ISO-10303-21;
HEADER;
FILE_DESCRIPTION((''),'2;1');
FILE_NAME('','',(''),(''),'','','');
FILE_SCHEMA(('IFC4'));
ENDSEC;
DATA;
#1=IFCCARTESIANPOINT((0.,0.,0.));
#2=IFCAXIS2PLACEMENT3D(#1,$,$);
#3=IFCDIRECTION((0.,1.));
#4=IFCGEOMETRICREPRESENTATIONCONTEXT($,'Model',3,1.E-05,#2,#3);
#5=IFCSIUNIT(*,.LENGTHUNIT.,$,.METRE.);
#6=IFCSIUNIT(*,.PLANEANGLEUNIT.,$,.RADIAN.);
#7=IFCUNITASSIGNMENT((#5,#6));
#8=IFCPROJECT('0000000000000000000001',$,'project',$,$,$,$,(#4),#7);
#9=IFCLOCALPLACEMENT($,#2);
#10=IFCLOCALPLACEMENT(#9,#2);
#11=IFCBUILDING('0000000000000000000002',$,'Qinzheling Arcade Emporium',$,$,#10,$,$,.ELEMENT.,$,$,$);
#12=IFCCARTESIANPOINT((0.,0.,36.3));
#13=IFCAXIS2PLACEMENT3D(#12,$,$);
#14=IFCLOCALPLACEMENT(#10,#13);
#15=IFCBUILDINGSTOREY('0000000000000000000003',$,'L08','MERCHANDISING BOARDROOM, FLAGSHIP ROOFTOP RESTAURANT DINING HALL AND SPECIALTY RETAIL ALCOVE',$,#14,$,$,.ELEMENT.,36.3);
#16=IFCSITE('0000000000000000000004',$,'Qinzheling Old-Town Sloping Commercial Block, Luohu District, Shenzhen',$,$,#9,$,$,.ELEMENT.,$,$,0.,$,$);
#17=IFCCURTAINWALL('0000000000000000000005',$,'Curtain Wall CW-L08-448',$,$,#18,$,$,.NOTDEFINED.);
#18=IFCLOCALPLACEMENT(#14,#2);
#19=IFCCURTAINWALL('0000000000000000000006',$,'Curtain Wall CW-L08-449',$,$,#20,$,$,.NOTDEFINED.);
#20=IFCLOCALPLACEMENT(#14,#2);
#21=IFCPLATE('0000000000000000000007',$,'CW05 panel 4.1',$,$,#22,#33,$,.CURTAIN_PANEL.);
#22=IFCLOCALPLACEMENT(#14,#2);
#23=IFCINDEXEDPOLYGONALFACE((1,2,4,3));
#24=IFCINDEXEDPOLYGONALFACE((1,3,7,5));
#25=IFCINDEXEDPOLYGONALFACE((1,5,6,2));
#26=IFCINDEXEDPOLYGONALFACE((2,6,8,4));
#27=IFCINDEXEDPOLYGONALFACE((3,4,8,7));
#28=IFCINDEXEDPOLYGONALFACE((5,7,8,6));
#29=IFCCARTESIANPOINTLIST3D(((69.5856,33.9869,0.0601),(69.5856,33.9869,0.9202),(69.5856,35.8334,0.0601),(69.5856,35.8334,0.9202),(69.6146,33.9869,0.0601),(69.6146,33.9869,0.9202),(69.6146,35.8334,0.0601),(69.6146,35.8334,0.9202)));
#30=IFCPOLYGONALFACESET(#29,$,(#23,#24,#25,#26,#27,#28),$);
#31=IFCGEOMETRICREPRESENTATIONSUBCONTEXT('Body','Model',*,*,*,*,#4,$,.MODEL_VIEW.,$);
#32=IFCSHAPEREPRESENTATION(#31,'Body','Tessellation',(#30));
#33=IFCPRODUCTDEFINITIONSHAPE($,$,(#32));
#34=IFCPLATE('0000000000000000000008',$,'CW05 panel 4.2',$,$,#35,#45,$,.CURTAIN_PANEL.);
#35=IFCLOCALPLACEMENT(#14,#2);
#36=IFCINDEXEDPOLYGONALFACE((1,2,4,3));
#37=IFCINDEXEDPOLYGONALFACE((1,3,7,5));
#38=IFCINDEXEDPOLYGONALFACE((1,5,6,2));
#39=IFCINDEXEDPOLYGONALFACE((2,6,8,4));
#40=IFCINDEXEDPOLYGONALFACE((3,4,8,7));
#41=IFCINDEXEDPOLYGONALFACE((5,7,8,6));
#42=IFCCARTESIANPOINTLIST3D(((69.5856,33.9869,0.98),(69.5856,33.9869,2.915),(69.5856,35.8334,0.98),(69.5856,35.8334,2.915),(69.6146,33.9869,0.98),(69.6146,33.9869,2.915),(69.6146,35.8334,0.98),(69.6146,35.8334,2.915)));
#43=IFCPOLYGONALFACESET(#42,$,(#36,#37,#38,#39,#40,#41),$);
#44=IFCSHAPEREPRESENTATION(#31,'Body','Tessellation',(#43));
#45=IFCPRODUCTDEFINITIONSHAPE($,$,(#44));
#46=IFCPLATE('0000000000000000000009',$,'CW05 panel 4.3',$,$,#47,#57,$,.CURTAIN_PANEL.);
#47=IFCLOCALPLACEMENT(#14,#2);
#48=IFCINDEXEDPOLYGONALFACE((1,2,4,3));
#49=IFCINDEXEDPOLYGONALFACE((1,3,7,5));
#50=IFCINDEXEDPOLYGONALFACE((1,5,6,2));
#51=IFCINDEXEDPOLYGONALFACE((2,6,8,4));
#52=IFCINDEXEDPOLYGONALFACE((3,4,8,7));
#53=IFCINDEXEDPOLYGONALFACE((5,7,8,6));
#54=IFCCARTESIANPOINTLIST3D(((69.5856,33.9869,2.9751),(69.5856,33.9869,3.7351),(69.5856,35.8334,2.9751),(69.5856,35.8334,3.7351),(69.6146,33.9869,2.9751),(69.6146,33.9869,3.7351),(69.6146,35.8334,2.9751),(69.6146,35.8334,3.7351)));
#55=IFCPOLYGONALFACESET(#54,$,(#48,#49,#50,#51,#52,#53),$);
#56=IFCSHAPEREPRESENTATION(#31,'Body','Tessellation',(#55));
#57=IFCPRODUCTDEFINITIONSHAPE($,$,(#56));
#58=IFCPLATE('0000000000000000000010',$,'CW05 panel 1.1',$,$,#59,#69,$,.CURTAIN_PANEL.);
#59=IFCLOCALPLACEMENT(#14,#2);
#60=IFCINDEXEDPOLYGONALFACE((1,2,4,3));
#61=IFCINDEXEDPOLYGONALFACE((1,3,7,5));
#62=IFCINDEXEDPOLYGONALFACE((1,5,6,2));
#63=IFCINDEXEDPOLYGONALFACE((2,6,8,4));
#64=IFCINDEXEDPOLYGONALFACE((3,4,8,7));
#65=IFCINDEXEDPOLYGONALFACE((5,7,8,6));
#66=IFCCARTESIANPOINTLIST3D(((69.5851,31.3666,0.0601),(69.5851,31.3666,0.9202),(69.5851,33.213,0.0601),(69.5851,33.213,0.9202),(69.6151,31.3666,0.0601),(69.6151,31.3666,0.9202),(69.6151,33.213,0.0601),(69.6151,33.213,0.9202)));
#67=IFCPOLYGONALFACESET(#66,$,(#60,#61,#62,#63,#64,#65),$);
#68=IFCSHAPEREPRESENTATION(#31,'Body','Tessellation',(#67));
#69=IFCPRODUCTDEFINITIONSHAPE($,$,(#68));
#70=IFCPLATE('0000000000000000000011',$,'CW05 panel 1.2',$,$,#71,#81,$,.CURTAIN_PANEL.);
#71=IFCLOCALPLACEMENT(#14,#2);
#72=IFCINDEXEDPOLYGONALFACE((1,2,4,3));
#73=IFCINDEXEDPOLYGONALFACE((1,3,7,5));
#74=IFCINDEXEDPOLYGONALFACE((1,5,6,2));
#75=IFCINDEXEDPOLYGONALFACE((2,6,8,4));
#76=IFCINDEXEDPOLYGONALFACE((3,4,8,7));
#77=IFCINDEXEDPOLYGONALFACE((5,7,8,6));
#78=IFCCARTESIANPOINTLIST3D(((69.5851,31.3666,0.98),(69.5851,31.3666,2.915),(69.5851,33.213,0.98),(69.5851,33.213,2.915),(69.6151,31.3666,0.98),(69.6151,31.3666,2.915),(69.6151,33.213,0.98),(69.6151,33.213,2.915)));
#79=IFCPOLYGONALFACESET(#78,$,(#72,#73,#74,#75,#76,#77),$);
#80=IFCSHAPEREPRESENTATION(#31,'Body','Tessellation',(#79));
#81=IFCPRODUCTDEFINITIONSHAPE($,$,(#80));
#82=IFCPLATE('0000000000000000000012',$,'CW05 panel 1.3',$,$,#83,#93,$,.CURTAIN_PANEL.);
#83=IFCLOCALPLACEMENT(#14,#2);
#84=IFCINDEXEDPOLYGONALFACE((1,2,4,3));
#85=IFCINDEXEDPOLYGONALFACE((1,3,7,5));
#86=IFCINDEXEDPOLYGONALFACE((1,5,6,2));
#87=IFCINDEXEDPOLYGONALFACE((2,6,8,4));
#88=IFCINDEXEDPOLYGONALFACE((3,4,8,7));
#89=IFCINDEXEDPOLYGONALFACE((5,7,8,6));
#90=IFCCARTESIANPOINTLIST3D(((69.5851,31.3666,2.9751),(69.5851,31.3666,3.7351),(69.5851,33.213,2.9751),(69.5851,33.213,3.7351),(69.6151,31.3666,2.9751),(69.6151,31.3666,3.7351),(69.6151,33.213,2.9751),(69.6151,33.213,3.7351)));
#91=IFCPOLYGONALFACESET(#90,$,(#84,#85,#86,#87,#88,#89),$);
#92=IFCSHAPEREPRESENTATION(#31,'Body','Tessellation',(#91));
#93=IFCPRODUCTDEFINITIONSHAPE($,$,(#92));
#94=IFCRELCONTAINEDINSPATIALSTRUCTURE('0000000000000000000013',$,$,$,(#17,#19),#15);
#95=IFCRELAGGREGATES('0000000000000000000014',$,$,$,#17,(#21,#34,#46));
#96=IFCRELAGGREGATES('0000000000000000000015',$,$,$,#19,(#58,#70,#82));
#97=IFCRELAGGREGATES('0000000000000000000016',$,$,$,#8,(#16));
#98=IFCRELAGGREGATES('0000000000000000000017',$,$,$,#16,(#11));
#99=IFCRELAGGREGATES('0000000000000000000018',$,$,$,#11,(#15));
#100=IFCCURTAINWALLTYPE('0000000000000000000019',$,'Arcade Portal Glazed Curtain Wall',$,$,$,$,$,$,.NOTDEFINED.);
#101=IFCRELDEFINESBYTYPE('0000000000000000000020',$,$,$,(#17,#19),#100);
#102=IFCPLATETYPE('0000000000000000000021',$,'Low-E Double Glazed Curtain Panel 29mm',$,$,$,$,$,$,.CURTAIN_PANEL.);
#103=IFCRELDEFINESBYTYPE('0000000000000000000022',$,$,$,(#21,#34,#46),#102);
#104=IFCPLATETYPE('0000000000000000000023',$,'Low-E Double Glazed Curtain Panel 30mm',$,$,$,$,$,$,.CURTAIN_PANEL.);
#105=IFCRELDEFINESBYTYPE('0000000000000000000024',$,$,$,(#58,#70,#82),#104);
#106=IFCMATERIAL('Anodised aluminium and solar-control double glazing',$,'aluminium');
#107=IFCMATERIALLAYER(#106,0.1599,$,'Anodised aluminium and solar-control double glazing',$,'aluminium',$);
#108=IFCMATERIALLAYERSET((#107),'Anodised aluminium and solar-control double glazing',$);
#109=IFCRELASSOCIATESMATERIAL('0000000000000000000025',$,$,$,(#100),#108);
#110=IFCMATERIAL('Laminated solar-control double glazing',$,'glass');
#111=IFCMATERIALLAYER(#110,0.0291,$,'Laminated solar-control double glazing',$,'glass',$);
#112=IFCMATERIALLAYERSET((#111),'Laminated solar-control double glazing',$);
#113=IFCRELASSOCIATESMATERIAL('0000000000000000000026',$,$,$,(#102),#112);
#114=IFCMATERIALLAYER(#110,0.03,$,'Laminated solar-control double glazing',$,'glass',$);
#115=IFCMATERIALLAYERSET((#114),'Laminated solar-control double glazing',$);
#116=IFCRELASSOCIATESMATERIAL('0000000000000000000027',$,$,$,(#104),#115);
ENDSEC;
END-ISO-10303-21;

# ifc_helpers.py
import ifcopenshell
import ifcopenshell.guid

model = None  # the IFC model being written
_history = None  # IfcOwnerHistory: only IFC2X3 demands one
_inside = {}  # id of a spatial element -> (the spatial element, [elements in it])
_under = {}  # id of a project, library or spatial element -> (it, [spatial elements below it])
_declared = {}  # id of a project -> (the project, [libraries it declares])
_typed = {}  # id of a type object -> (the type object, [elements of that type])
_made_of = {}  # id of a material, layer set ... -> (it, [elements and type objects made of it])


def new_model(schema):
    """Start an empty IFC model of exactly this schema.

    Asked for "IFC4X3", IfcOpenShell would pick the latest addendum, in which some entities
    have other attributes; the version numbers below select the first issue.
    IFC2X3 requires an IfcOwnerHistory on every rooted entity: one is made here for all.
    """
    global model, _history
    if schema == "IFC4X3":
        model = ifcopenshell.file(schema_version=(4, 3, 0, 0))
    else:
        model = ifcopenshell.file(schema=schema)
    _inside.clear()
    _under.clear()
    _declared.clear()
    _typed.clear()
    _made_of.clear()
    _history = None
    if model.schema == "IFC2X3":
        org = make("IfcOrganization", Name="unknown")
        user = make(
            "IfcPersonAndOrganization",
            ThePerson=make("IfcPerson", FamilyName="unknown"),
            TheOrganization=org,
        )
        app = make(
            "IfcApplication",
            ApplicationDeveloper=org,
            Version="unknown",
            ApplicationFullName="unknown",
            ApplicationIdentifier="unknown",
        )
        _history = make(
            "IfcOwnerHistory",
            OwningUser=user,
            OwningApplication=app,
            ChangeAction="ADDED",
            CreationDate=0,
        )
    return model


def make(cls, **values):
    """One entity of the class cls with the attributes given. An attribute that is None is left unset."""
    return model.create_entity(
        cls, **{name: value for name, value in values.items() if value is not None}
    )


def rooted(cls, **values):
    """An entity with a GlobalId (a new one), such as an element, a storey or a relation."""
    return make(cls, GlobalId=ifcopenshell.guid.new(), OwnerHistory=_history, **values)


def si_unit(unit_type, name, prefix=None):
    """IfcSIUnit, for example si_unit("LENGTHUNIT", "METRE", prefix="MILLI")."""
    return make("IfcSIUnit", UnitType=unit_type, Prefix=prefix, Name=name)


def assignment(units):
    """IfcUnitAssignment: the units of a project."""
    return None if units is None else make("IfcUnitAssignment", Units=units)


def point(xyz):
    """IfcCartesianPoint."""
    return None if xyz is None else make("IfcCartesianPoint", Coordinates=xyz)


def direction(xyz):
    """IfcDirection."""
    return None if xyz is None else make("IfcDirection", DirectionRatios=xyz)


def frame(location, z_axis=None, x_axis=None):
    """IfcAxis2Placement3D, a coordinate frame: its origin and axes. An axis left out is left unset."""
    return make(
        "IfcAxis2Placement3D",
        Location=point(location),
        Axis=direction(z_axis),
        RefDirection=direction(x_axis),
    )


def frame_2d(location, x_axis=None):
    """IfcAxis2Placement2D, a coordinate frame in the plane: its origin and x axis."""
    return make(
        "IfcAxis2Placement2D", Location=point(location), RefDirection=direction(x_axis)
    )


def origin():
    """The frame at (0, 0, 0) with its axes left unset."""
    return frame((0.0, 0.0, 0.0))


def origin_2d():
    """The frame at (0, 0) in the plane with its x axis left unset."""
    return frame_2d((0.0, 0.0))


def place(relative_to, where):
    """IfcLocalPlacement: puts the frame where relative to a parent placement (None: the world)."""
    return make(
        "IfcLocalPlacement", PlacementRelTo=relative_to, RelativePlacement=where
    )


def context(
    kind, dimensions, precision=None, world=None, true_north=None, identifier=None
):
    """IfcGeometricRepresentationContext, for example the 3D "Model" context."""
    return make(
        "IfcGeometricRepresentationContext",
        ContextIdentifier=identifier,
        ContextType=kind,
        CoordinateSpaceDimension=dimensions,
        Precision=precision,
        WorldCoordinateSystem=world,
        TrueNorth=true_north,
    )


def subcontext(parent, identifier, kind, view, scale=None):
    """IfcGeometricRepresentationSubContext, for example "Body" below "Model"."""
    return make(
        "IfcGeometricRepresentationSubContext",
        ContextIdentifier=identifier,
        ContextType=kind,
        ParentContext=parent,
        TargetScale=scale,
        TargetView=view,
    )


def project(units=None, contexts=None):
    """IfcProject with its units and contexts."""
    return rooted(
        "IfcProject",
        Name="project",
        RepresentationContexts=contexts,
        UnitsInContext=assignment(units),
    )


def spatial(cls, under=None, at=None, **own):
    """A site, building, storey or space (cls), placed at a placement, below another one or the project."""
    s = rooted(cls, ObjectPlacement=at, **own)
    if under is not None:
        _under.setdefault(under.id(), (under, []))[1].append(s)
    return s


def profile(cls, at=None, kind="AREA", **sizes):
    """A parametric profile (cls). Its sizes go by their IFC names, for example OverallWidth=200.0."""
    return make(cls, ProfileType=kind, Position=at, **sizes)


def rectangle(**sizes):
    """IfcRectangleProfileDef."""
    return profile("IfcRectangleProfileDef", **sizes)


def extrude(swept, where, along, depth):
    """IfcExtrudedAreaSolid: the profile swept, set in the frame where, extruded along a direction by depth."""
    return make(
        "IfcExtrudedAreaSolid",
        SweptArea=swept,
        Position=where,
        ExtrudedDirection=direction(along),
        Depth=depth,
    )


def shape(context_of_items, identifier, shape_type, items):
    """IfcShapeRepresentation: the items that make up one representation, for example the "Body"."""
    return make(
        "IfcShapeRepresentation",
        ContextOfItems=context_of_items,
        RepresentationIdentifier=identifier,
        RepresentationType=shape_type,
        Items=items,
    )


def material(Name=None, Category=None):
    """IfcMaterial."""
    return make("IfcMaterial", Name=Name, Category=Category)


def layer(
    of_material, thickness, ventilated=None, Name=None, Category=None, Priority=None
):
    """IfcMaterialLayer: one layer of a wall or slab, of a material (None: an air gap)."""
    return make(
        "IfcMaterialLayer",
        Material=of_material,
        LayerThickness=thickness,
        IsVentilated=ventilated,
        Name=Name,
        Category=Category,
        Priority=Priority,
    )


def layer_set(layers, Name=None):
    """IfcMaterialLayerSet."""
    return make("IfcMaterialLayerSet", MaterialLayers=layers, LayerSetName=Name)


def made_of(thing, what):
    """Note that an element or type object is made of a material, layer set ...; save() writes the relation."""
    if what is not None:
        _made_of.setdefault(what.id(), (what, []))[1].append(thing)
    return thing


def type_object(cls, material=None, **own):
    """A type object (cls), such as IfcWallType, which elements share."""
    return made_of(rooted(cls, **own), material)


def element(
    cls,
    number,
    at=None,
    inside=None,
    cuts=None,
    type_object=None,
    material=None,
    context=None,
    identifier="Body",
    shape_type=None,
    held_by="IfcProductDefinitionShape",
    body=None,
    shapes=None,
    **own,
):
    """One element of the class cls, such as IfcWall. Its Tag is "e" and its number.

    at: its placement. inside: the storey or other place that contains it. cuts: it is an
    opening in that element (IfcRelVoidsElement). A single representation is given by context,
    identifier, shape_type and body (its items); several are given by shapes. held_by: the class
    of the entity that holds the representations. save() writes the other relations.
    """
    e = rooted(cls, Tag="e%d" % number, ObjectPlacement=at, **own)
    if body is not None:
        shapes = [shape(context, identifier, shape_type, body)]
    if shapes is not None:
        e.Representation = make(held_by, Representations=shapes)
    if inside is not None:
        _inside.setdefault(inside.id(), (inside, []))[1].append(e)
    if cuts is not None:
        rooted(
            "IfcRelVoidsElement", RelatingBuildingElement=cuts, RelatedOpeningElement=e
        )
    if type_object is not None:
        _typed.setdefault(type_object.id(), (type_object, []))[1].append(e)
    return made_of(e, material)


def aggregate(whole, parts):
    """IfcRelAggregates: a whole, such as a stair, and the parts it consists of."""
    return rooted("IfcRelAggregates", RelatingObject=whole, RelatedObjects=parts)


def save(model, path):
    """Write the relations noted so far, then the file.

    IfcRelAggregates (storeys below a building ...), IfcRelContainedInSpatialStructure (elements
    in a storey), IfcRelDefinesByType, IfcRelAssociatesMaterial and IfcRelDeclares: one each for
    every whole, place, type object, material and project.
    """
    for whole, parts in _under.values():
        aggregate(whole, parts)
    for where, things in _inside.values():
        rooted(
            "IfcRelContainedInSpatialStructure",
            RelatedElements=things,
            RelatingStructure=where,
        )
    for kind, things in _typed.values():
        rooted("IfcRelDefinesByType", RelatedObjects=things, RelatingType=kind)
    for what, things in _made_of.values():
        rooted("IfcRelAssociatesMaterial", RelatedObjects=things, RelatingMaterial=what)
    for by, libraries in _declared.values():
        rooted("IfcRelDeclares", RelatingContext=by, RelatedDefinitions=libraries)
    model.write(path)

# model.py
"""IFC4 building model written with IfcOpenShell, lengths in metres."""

from ifc_helpers import new_model, si_unit, direction, frame, origin, origin_2d, place, context, subcontext, project, spatial, rectangle, extrude, material, layer, layer_set, type_object, element, aggregate, save


model = new_model("IFC4")

# Units and contexts
model_context = context("Model", 3, precision=1e-05, world=origin(), true_north=direction((0.0, 1.0)))
body_context = subcontext(model_context, "Body", "Model", "MODEL_VIEW")
ifc_project = project(units=[si_unit("LENGTHUNIT", "METRE"), si_unit("PLANEANGLEUNIT", "RADIAN")], contexts=[model_context])

# Site, building, storey
site_placement = place(None, origin())
site = spatial("IfcSite", under=ifc_project, at=site_placement, Name="Qinzheling Old-Town Sloping Commercial Block, Luohu District, Shenzhen", CompositionType="ELEMENT", RefElevation=0.0)
building_placement = place(site_placement, origin())
building = spatial("IfcBuilding", under=site, at=building_placement, Name="Qinzheling Arcade Emporium", CompositionType="ELEMENT")
storey_placement = place(building_placement, frame((0.0, 0.0, 36.3)))
storey = spatial("IfcBuildingStorey", under=building, at=storey_placement, Name="L08", Description="MERCHANDISING BOARDROOM, FLAGSHIP ROOFTOP RESTAURANT DINING HALL AND SPECIALTY RETAIL ALCOVE", CompositionType="ELEMENT", Elevation=36.3)

# Curtain walls
ifc_material_1 = material(Name="Anodised aluminium and solar-control double glazing", Category="aluminium")
ifc_layer_1 = layer(ifc_material_1, 0.1599, Name="Anodised aluminium and solar-control double glazing", Category="aluminium")
ifc_layer_set_1 = layer_set([ifc_layer_1], Name="Anodised aluminium and solar-control double glazing")
curtain_wall_type = type_object("IfcCurtainWallType", Name="Arcade Portal Glazed Curtain Wall", PredefinedType="NOTDEFINED", material=ifc_layer_set_1)
curtain_wall_1_placement = place(storey_placement, origin())
curtain_wall_1 = element("IfcCurtainWall", 1, at=curtain_wall_1_placement, inside=storey, type_object=curtain_wall_type, Name="Curtain Wall CW-L08-448", PredefinedType="NOTDEFINED")
curtain_wall_2_placement = place(storey_placement, origin())
curtain_wall_2 = element("IfcCurtainWall", 2, at=curtain_wall_2_placement, inside=storey, type_object=curtain_wall_type, Name="Curtain Wall CW-L08-449", PredefinedType="NOTDEFINED")

# Plates
ifc_material_2 = material(Name="Laminated solar-control double glazing", Category="glass")
ifc_layer_2 = layer(ifc_material_2, 0.0291, Name="Laminated solar-control double glazing", Category="glass")
ifc_layer_set_2 = layer_set([ifc_layer_2], Name="Laminated solar-control double glazing")
plate_type_1 = type_object("IfcPlateType", Name="Low-E Double Glazed Curtain Panel 29mm", PredefinedType="CURTAIN_PANEL", material=ifc_layer_set_2)
plate_1_placement = place(storey_placement, frame((69.6001, 34.9102, 0.0601), z_axis=(0.0, 0.0, 1.0), x_axis=(0.0, -1.0, 0.0)))
plate_1 = element("IfcPlate", 3, at=plate_1_placement, type_object=plate_type_1, Name="CW05 panel 4.1", PredefinedType="CURTAIN_PANEL", context=body_context, shape_type="SweptSolid", body=[
    extrude(rectangle(XDim=1.8464, YDim=0.0291, at=origin_2d()), origin(), (0.0, 0.0, 1.0), 0.8601),
])
plate_2_placement = place(storey_placement, frame((69.6001, 34.9102, 0.98), z_axis=(0.0, 0.0, 1.0), x_axis=(0.0, -1.0, 0.0)))
plate_2 = element("IfcPlate", 4, at=plate_2_placement, type_object=plate_type_1, Name="CW05 panel 4.2", PredefinedType="CURTAIN_PANEL", context=body_context, shape_type="SweptSolid", body=[
    extrude(rectangle(XDim=1.8464, YDim=0.0291, at=origin_2d()), origin(), (0.0, 0.0, 1.0), 1.9351),
])
plate_3_placement = place(storey_placement, frame((69.6001, 34.9102, 2.9751), z_axis=(0.0, 0.0, 1.0), x_axis=(0.0, -1.0, 0.0)))
plate_3 = element("IfcPlate", 5, at=plate_3_placement, type_object=plate_type_1, Name="CW05 panel 4.3", PredefinedType="CURTAIN_PANEL", context=body_context, shape_type="SweptSolid", body=[
    extrude(rectangle(XDim=1.8464, YDim=0.0291, at=origin_2d()), origin(), (0.0, 0.0, 1.0), 0.76),
])
aggregate(curtain_wall_1, [plate_1, plate_2, plate_3])
ifc_layer_3 = layer(ifc_material_2, 0.03, Name="Laminated solar-control double glazing", Category="glass")
ifc_layer_set_3 = layer_set([ifc_layer_3], Name="Laminated solar-control double glazing")
plate_type_2 = type_object("IfcPlateType", Name="Low-E Double Glazed Curtain Panel 30mm", PredefinedType="CURTAIN_PANEL", material=ifc_layer_set_3)
plate_4_placement = place(storey_placement, frame((69.6001, 32.2898, 0.0601), z_axis=(0.0, 0.0, 1.0), x_axis=(0.0, -1.0, 0.0)))
plate_4 = element("IfcPlate", 6, at=plate_4_placement, type_object=plate_type_2, Name="CW05 panel 1.1", PredefinedType="CURTAIN_PANEL", context=body_context, shape_type="SweptSolid", body=[
    extrude(rectangle(XDim=1.8464, YDim=0.03, at=origin_2d()), origin(), (0.0, 0.0, 1.0), 0.8601),
])
plate_5_placement = place(storey_placement, frame((69.6001, 32.2898, 0.98), z_axis=(0.0, 0.0, 1.0), x_axis=(0.0, -1.0, 0.0)))
plate_5 = element("IfcPlate", 7, at=plate_5_placement, type_object=plate_type_2, Name="CW05 panel 1.2", PredefinedType="CURTAIN_PANEL", context=body_context, shape_type="SweptSolid", body=[
    extrude(rectangle(XDim=1.8464, YDim=0.03, at=origin_2d()), origin(), (0.0, 0.0, 1.0), 1.9351),
])
plate_6_placement = place(storey_placement, frame((69.6001, 32.2898, 2.9751), z_axis=(0.0, 0.0, 1.0), x_axis=(0.0, -1.0, 0.0)))
plate_6 = element("IfcPlate", 8, at=plate_6_placement, type_object=plate_type_2, Name="CW05 panel 1.3", PredefinedType="CURTAIN_PANEL", context=body_context, shape_type="SweptSolid", body=[
    extrude(rectangle(XDim=1.8464, YDim=0.03, at=origin_2d()), origin(), (0.0, 0.0, 1.0), 0.76),
])
aggregate(curtain_wall_2, [plate_4, plate_5, plate_6])

save(model, "model.ifc")
